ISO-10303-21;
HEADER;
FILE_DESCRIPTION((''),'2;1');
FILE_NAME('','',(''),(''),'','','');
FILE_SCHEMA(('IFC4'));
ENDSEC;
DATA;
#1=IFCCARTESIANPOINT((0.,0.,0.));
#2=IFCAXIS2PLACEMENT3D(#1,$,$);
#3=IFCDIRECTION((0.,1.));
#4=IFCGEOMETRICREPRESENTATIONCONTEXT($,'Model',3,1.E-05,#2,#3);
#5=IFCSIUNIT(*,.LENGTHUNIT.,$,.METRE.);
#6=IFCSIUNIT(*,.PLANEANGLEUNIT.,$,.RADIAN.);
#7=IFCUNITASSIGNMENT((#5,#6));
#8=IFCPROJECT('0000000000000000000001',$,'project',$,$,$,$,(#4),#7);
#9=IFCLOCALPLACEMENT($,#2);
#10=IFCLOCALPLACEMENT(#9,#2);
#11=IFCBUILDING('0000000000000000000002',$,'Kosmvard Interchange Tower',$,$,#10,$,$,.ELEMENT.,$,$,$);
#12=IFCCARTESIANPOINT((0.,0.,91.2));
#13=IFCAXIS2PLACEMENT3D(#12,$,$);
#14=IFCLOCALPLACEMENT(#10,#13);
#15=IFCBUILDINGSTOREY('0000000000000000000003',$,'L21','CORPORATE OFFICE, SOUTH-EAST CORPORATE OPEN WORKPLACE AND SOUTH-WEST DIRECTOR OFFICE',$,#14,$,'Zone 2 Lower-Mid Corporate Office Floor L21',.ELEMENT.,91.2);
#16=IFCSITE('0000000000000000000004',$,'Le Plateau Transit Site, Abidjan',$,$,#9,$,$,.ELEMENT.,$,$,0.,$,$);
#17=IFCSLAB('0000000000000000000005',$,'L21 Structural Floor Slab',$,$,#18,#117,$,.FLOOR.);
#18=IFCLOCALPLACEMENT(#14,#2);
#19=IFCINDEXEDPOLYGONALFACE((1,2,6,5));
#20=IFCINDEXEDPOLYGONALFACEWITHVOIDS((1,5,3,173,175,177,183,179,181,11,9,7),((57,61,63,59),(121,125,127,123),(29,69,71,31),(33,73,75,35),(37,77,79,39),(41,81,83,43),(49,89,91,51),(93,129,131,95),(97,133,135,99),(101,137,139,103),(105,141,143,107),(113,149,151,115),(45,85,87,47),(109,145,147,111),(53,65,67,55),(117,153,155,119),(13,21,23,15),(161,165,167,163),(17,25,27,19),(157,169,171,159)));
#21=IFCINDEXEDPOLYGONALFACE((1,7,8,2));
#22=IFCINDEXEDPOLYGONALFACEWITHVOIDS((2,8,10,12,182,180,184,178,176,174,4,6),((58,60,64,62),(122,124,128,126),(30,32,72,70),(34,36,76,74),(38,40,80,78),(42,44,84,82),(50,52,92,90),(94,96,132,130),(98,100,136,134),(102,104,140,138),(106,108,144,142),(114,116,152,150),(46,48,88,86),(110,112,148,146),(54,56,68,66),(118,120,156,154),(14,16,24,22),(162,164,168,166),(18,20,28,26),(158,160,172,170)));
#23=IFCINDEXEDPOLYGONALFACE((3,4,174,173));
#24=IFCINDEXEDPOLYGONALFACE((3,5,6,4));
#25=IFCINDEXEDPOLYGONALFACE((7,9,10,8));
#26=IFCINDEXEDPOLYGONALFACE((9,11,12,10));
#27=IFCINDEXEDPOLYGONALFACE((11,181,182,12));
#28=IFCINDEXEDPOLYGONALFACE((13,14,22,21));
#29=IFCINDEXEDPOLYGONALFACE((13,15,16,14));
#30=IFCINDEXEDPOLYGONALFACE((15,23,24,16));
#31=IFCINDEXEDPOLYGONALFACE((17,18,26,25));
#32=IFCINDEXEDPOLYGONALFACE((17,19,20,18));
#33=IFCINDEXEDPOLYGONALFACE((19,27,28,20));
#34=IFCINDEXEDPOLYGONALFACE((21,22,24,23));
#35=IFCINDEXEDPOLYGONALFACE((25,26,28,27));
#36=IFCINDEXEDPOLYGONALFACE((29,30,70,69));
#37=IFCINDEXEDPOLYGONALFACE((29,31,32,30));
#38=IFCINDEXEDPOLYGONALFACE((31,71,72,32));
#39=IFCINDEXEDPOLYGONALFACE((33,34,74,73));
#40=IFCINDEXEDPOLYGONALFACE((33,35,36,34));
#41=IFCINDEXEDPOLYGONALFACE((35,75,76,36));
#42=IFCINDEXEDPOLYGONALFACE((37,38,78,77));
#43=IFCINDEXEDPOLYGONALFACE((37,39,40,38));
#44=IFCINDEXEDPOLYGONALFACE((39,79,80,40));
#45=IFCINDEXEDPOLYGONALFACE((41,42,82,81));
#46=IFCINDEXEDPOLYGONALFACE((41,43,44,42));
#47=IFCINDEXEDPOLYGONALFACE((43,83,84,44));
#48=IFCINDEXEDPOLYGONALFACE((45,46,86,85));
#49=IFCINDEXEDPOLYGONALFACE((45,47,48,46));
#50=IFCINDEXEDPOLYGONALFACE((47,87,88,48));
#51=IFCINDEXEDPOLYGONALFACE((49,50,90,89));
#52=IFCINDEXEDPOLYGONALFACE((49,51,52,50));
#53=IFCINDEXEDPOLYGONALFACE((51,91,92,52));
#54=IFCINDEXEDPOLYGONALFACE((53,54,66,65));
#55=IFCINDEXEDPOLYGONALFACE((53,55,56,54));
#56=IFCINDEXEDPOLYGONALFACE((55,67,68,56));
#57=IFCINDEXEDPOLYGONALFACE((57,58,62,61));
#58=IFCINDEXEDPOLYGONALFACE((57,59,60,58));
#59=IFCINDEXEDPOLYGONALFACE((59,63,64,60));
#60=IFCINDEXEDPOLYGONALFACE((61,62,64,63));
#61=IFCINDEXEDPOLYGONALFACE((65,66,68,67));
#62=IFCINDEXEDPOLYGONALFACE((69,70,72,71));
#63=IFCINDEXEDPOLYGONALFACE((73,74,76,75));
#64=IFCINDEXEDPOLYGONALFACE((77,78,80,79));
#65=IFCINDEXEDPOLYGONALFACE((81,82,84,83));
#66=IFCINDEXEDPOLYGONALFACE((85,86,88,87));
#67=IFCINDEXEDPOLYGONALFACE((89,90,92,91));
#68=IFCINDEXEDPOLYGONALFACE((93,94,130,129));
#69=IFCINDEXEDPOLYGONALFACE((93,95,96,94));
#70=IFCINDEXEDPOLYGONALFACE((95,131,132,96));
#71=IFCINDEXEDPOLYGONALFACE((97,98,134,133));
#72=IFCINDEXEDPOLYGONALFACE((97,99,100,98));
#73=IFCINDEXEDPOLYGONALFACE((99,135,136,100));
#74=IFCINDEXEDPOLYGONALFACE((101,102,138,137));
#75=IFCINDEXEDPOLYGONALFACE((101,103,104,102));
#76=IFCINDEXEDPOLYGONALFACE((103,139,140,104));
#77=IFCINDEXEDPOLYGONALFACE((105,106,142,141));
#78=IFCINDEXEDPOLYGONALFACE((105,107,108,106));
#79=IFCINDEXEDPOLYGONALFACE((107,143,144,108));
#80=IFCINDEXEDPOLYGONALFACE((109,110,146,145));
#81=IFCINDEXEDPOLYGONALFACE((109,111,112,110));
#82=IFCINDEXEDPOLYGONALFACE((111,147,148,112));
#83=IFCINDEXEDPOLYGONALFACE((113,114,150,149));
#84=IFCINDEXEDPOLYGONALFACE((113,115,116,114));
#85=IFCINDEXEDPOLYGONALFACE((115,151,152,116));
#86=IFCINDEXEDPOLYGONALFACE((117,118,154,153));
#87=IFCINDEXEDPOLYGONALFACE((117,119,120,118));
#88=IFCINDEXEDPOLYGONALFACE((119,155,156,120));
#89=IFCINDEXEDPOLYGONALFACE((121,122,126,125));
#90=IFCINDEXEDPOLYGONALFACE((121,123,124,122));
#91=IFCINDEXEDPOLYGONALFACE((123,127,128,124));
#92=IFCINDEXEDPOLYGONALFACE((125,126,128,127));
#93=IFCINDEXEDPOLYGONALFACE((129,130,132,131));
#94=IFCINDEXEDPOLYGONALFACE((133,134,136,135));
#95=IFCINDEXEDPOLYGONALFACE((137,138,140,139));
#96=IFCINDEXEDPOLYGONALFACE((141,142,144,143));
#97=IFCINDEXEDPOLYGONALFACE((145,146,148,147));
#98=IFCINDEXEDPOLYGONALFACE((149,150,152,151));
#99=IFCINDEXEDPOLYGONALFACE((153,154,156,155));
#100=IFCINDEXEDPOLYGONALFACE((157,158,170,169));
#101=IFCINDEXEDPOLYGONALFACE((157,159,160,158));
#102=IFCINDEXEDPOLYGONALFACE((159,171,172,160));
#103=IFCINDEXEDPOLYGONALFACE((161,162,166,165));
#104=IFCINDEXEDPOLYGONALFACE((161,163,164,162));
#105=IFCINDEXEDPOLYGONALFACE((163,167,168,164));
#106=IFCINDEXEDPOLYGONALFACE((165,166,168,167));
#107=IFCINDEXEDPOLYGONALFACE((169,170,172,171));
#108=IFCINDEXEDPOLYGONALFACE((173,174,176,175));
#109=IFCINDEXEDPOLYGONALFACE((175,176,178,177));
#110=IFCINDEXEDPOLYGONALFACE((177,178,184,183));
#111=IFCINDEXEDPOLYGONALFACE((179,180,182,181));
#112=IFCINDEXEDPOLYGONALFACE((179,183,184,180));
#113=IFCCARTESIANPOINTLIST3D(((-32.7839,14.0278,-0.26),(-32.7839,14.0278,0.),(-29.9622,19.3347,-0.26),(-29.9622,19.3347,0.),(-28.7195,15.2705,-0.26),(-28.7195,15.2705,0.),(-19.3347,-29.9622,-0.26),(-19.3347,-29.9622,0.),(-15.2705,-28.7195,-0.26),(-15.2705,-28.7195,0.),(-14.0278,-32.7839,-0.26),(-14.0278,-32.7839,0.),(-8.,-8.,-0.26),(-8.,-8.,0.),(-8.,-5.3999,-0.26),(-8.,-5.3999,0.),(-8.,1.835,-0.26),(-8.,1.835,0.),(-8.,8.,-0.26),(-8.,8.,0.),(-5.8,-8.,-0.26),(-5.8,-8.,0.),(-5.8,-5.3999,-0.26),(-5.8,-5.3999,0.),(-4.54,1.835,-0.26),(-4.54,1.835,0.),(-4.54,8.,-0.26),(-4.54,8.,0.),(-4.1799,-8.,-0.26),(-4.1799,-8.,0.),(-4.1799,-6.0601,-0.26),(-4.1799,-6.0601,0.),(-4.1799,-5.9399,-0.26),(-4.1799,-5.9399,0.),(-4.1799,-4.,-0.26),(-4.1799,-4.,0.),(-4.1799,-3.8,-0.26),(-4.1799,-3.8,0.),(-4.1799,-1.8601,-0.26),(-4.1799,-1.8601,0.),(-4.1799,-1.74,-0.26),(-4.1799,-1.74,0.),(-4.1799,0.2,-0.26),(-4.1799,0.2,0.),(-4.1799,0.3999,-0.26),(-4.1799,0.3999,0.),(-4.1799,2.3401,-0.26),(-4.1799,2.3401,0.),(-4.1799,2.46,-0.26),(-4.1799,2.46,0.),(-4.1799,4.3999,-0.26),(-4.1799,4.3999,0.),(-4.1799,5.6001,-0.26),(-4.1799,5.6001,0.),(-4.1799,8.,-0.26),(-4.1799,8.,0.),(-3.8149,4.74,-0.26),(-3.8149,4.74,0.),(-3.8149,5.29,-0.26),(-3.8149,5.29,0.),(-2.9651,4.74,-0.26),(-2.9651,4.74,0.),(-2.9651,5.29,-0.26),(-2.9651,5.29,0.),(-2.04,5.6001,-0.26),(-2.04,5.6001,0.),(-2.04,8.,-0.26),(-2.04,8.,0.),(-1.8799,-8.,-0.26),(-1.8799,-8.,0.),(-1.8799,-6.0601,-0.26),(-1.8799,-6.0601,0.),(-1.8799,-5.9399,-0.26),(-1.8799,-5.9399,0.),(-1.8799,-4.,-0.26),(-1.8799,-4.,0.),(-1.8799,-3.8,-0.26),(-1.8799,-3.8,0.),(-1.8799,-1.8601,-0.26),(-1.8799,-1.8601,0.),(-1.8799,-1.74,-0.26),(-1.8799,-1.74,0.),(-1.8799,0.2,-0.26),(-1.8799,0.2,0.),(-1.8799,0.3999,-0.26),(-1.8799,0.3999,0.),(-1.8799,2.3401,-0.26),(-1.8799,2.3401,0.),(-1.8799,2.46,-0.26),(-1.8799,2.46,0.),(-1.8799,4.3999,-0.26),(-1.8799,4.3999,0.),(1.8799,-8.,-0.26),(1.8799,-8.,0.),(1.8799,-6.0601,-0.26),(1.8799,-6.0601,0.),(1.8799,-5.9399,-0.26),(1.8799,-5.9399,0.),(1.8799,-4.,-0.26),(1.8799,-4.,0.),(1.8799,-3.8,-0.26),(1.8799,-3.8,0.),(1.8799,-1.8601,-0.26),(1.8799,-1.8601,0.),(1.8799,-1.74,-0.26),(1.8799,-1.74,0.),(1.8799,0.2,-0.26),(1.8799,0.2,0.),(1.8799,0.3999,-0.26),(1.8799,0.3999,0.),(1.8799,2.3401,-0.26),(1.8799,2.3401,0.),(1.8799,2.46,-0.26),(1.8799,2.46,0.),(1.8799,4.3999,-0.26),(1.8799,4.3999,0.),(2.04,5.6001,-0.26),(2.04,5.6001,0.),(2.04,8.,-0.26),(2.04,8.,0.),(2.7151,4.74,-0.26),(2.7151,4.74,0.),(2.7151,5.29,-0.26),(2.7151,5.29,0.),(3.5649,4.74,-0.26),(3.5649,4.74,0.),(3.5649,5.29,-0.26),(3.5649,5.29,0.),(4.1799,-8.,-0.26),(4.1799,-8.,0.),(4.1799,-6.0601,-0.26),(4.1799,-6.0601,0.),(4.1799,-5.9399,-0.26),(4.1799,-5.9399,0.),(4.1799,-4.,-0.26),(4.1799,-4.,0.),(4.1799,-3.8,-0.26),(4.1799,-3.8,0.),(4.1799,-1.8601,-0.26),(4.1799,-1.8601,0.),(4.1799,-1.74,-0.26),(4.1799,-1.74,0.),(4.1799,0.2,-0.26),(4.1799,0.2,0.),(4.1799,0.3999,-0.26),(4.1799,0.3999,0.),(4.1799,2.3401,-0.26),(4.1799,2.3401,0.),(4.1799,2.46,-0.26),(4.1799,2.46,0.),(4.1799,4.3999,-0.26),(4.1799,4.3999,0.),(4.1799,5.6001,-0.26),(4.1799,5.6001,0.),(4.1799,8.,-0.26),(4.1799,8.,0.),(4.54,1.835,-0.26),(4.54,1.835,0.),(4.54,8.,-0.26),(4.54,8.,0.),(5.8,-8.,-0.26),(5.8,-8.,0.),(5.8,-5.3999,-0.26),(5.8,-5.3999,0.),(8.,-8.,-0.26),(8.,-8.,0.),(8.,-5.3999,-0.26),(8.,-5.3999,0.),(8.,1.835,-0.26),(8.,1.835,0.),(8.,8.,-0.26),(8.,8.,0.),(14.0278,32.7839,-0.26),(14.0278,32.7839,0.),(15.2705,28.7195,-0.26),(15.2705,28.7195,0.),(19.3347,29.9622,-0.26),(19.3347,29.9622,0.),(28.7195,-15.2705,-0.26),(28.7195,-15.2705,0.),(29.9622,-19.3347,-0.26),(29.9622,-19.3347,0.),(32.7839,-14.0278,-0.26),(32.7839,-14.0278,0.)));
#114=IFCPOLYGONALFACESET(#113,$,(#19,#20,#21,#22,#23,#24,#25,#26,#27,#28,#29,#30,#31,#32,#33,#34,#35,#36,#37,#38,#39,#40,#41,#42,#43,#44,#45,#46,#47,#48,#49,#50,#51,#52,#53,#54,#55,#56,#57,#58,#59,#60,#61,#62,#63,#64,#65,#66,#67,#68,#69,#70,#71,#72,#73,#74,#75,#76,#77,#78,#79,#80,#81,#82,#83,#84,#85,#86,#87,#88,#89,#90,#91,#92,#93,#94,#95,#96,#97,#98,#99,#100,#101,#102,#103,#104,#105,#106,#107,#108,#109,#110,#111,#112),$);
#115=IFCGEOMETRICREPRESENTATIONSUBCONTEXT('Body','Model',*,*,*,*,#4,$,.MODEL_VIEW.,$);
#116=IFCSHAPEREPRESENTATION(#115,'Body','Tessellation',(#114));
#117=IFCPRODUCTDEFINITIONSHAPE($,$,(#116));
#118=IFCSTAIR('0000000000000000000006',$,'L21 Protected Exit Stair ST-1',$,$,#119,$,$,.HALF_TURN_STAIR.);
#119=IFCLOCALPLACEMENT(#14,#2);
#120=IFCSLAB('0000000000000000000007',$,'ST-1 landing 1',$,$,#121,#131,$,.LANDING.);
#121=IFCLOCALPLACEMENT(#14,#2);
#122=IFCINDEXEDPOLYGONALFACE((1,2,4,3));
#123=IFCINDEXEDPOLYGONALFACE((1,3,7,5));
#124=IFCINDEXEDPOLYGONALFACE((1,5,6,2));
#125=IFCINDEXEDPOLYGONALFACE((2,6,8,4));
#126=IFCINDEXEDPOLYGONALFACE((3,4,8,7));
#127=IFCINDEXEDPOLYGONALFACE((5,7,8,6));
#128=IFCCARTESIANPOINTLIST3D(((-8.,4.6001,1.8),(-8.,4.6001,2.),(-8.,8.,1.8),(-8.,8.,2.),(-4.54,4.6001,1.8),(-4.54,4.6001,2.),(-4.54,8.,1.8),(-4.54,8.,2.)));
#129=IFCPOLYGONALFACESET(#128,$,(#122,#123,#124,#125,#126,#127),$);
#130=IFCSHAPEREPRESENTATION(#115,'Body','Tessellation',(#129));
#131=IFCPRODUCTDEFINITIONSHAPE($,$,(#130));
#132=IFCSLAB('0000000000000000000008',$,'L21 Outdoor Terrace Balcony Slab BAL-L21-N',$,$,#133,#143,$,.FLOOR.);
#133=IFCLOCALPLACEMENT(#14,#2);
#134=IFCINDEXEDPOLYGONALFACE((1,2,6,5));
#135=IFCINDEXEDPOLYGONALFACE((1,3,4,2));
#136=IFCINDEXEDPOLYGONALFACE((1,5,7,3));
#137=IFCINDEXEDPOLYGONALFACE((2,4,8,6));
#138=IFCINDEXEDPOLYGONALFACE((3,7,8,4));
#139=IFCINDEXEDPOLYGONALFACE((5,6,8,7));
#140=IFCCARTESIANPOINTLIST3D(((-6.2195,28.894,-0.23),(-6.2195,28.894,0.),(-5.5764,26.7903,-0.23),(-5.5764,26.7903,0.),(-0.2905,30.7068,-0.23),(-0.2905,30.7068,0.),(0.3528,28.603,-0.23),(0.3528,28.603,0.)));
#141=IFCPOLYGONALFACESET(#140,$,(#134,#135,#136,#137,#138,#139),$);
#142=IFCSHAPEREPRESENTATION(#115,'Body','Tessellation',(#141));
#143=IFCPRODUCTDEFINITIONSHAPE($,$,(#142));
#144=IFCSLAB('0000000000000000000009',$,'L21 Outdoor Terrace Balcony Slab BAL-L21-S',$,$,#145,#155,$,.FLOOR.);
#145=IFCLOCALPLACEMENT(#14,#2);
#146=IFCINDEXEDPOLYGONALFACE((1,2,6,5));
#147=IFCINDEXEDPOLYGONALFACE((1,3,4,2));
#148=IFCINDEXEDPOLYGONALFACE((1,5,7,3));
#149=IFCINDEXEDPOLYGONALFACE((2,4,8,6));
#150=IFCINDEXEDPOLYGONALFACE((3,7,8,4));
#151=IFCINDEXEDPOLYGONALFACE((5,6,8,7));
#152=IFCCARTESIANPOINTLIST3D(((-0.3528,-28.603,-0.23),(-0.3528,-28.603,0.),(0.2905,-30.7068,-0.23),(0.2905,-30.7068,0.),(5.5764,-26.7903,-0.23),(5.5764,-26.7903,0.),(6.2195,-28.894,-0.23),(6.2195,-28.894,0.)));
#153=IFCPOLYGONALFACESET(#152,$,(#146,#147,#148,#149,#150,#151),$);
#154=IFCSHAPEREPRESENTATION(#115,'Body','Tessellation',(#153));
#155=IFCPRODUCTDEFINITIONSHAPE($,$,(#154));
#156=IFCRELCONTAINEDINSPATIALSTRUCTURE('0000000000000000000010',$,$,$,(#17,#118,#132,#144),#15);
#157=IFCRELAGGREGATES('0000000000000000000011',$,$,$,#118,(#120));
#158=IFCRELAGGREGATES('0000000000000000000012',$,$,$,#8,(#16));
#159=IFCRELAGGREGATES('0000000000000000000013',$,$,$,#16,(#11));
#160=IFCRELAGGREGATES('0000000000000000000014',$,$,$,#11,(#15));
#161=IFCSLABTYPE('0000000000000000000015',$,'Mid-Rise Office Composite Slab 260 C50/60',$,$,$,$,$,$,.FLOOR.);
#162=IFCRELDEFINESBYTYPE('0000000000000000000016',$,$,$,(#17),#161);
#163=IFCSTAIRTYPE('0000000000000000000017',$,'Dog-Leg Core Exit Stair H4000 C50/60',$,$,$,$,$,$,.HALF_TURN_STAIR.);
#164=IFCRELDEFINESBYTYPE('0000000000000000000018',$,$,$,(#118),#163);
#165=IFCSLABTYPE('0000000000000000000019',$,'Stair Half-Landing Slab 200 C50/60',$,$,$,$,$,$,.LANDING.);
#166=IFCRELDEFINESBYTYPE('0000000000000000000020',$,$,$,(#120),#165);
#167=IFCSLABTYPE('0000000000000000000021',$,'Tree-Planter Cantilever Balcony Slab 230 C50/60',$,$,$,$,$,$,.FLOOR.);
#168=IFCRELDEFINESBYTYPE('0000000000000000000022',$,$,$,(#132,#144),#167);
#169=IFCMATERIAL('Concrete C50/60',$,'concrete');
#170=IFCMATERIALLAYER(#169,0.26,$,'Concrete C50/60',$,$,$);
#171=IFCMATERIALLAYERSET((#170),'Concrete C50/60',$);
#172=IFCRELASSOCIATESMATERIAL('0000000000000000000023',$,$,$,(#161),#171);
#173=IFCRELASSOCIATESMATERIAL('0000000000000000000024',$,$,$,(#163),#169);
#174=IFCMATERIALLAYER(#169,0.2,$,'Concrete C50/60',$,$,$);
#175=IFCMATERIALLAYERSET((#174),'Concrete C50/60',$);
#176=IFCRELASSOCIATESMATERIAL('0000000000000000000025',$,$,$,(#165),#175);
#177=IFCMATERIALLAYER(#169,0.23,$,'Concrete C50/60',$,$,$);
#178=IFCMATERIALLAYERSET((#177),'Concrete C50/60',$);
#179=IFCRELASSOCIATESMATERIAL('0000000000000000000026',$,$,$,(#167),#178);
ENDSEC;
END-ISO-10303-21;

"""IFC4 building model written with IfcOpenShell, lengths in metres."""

from ifc_helpers import new_model, si_unit, direction, frame, origin, place, context, subcontext, project, spatial, polyline, outline, extrude, material, layer, layer_set, type_object, element, aggregate, save


model = new_model("IFC4")

# Units and contexts
model_context = context("Model", 3, precision=1e-05, world=origin(), true_north=direction((0.0, 1.0)))
body_context = subcontext(model_context, "Body", "Model", "MODEL_VIEW")
ifc_project = project(units=[si_unit("LENGTHUNIT", "METRE"), si_unit("PLANEANGLEUNIT", "RADIAN")], contexts=[model_context])

# Site, building, storey
site_placement = place(None, origin())
site = spatial("IfcSite", under=ifc_project, at=site_placement, Name="Le Plateau Transit Site, Abidjan", CompositionType="ELEMENT", RefElevation=0.0)
building_placement = place(site_placement, origin())
building = spatial("IfcBuilding", under=site, at=building_placement, Name="Kosmvard Interchange Tower", CompositionType="ELEMENT")
storey_placement = place(building_placement, frame((0.0, 0.0, 91.2)))
storey = spatial("IfcBuildingStorey", under=building, at=storey_placement, Name="L21", Description="CORPORATE OFFICE, SOUTH-EAST CORPORATE OPEN WORKPLACE AND SOUTH-WEST DIRECTOR OFFICE", LongName="Zone 2 Lower-Mid Corporate Office Floor L21", CompositionType="ELEMENT", Elevation=91.2)

# Slab
ifc_material_1 = material(Name="Concrete C50/60", Category="concrete")
ifc_layer_1 = layer(ifc_material_1, 0.26, Name="Concrete C50/60")
ifc_layer_set_1 = layer_set([ifc_layer_1], Name="Concrete C50/60")
slab_type_1 = type_object("IfcSlabType", Name="Mid-Rise Office Composite Slab 260 C50/60", PredefinedType="FLOOR", material=ifc_layer_set_1)
slab_1_placement = place(storey_placement, frame((0.0, 0.0, -0.26)))
element("IfcSlab", 1, at=slab_1_placement, inside=storey, type_object=slab_type_1, Name="L21 Structural Floor Slab", PredefinedType="FLOOR", context=body_context, shape_type="SweptSolid", body=[
    extrude(outline(polyline([(-14.0278, -32.7839), (29.9622, -19.3347), (28.7195, -15.2705), (32.7839, -14.0278), (19.3347, 29.9622), (15.2705, 28.7195), (14.0278, 32.7839), (-29.9622, 19.3347), (-28.7195, 15.2705), (-32.7839, 14.0278), (-19.3347, -29.9622), (-15.2705, -28.7195), (-14.0278, -32.7839)]), holes=[polyline([(-8.0, 1.835), (-4.54, 1.835), (-4.54, 8.0), (-8.0, 8.0), (-8.0, 1.835)]), polyline([(4.54, 1.835), (8.0, 1.835), (8.0, 8.0), (4.54, 8.0), (4.54, 1.835)]), polyline([(-8.0, -8.0), (-5.8, -8.0), (-5.8, -5.3999), (-8.0, -5.3999), (-8.0, -8.0)]), polyline([(5.8, -8.0), (8.0, -8.0), (8.0, -5.3999), (5.8, -5.3999), (5.8, -8.0)]), polyline([(-4.1799, -8.0), (-1.8799, -8.0), (-1.8799, -6.0601), (-4.1799, -6.0601), (-4.1799, -8.0)]), polyline([(-4.1799, -5.9399), (-1.8799, -5.9399), (-1.8799, -4.0), (-4.1799, -4.0), (-4.1799, -5.9399)]), polyline([(1.8799, -8.0), (4.1799, -8.0), (4.1799, -6.0601), (1.8799, -6.0601), (1.8799, -8.0)]), polyline([(1.8799, -5.9399), (4.1799, -5.9399), (4.1799, -4.0), (1.8799, -4.0), (1.8799, -5.9399)]), polyline([(-4.1799, -3.8), (-1.8799, -3.8), (-1.8799, -1.8601), (-4.1799, -1.8601), (-4.1799, -3.8)]), polyline([(-4.1799, -1.74), (-1.8799, -1.74), (-1.8799, 0.2), (-4.1799, 0.2), (-4.1799, -1.74)]), polyline([(1.8799, -3.8), (4.1799, -3.8), (4.1799, -1.8601), (1.8799, -1.8601), (1.8799, -3.8)]), polyline([(1.8799, -1.74), (4.1799, -1.74), (4.1799, 0.2), (1.8799, 0.2), (1.8799, -1.74)]), polyline([(-4.1799, 0.3999), (-1.8799, 0.3999), (-1.8799, 2.3401), (-4.1799, 2.3401), (-4.1799, 0.3999)]), polyline([(-4.1799, 2.46), (-1.8799, 2.46), (-1.8799, 4.3999), (-4.1799, 4.3999), (-4.1799, 2.46)]), polyline([(1.8799, 0.3999), (4.1799, 0.3999), (4.1799, 2.3401), (1.8799, 2.3401), (1.8799, 0.3999)]), polyline([(1.8799, 2.46), (4.1799, 2.46), (4.1799, 4.3999), (1.8799, 4.3999), (1.8799, 2.46)]), polyline([(-4.1799, 5.6001), (-2.04, 5.6001), (-2.04, 8.0), (-4.1799, 8.0), (-4.1799, 5.6001)]), polyline([(2.04, 5.6001), (4.1799, 5.6001), (4.1799, 8.0), (2.04, 8.0), (2.04, 5.6001)]), polyline([(-3.8149, 4.74), (-2.9651, 4.74), (-2.9651, 5.29), (-3.8149, 5.29), (-3.8149, 4.74)]), polyline([(2.7151, 4.74), (3.5649, 4.74), (3.5649, 5.29), (2.7151, 5.29), (2.7151, 4.74)])]), origin(), (0.0, 0.0, 1.0), 0.26),
])

# Stair, slab
stair_type = type_object("IfcStairType", Name="Dog-Leg Core Exit Stair H4000 C50/60", PredefinedType="HALF_TURN_STAIR", material=ifc_material_1)
stair_placement = place(storey_placement, origin())
stair = element("IfcStair", 2, at=stair_placement, inside=storey, type_object=stair_type, Name="L21 Protected Exit Stair ST-1", PredefinedType="HALF_TURN_STAIR")
ifc_layer_2 = layer(ifc_material_1, 0.2, Name="Concrete C50/60")
ifc_layer_set_2 = layer_set([ifc_layer_2], Name="Concrete C50/60")
slab_type_2 = type_object("IfcSlabType", Name="Stair Half-Landing Slab 200 C50/60", PredefinedType="LANDING", material=ifc_layer_set_2)
slab_2_placement = place(storey_placement, frame((0.0, 0.0, 1.8)))
slab_2 = element("IfcSlab", 3, at=slab_2_placement, type_object=slab_type_2, Name="ST-1 landing 1", PredefinedType="LANDING", context=body_context, shape_type="SweptSolid", body=[
    extrude(outline(polyline([(-4.54, 4.6001), (-4.54, 8.0), (-8.0, 8.0), (-8.0, 4.6001), (-4.54, 4.6001)])), origin(), (0.0, 0.0, 1.0), 0.2),
])
aggregate(stair, [slab_2])

# Slabs
ifc_layer_3 = layer(ifc_material_1, 0.23, Name="Concrete C50/60")
ifc_layer_set_3 = layer_set([ifc_layer_3], Name="Concrete C50/60")
slab_type_3 = type_object("IfcSlabType", Name="Tree-Planter Cantilever Balcony Slab 230 C50/60", PredefinedType="FLOOR", material=ifc_layer_set_3)
slab_3_placement = place(storey_placement, frame((0.0, 0.0, -0.23)))
element("IfcSlab", 4, at=slab_3_placement, inside=storey, type_object=slab_type_3, Name="L21 Outdoor Terrace Balcony Slab BAL-L21-N", PredefinedType="FLOOR", context=body_context, shape_type="SweptSolid", body=[
    extrude(outline(polyline([(-5.5764, 26.7903), (0.3528, 28.603), (-0.2905, 30.7068), (-6.2195, 28.894), (-5.5764, 26.7903)])), origin(), (0.0, 0.0, 1.0), 0.23),
])
slab_4_placement = place(storey_placement, frame((0.0, 0.0, -0.23)))
element("IfcSlab", 5, at=slab_4_placement, inside=storey, type_object=slab_type_3, Name="L21 Outdoor Terrace Balcony Slab BAL-L21-S", PredefinedType="FLOOR", context=body_context, shape_type="SweptSolid", body=[
    extrude(outline(polyline([(0.2905, -30.7068), (6.2195, -28.894), (5.5764, -26.7903), (-0.3528, -28.603), (0.2905, -30.7068)])), origin(), (0.0, 0.0, 1.0), 0.23),
])

save(model, "model.ifc")
